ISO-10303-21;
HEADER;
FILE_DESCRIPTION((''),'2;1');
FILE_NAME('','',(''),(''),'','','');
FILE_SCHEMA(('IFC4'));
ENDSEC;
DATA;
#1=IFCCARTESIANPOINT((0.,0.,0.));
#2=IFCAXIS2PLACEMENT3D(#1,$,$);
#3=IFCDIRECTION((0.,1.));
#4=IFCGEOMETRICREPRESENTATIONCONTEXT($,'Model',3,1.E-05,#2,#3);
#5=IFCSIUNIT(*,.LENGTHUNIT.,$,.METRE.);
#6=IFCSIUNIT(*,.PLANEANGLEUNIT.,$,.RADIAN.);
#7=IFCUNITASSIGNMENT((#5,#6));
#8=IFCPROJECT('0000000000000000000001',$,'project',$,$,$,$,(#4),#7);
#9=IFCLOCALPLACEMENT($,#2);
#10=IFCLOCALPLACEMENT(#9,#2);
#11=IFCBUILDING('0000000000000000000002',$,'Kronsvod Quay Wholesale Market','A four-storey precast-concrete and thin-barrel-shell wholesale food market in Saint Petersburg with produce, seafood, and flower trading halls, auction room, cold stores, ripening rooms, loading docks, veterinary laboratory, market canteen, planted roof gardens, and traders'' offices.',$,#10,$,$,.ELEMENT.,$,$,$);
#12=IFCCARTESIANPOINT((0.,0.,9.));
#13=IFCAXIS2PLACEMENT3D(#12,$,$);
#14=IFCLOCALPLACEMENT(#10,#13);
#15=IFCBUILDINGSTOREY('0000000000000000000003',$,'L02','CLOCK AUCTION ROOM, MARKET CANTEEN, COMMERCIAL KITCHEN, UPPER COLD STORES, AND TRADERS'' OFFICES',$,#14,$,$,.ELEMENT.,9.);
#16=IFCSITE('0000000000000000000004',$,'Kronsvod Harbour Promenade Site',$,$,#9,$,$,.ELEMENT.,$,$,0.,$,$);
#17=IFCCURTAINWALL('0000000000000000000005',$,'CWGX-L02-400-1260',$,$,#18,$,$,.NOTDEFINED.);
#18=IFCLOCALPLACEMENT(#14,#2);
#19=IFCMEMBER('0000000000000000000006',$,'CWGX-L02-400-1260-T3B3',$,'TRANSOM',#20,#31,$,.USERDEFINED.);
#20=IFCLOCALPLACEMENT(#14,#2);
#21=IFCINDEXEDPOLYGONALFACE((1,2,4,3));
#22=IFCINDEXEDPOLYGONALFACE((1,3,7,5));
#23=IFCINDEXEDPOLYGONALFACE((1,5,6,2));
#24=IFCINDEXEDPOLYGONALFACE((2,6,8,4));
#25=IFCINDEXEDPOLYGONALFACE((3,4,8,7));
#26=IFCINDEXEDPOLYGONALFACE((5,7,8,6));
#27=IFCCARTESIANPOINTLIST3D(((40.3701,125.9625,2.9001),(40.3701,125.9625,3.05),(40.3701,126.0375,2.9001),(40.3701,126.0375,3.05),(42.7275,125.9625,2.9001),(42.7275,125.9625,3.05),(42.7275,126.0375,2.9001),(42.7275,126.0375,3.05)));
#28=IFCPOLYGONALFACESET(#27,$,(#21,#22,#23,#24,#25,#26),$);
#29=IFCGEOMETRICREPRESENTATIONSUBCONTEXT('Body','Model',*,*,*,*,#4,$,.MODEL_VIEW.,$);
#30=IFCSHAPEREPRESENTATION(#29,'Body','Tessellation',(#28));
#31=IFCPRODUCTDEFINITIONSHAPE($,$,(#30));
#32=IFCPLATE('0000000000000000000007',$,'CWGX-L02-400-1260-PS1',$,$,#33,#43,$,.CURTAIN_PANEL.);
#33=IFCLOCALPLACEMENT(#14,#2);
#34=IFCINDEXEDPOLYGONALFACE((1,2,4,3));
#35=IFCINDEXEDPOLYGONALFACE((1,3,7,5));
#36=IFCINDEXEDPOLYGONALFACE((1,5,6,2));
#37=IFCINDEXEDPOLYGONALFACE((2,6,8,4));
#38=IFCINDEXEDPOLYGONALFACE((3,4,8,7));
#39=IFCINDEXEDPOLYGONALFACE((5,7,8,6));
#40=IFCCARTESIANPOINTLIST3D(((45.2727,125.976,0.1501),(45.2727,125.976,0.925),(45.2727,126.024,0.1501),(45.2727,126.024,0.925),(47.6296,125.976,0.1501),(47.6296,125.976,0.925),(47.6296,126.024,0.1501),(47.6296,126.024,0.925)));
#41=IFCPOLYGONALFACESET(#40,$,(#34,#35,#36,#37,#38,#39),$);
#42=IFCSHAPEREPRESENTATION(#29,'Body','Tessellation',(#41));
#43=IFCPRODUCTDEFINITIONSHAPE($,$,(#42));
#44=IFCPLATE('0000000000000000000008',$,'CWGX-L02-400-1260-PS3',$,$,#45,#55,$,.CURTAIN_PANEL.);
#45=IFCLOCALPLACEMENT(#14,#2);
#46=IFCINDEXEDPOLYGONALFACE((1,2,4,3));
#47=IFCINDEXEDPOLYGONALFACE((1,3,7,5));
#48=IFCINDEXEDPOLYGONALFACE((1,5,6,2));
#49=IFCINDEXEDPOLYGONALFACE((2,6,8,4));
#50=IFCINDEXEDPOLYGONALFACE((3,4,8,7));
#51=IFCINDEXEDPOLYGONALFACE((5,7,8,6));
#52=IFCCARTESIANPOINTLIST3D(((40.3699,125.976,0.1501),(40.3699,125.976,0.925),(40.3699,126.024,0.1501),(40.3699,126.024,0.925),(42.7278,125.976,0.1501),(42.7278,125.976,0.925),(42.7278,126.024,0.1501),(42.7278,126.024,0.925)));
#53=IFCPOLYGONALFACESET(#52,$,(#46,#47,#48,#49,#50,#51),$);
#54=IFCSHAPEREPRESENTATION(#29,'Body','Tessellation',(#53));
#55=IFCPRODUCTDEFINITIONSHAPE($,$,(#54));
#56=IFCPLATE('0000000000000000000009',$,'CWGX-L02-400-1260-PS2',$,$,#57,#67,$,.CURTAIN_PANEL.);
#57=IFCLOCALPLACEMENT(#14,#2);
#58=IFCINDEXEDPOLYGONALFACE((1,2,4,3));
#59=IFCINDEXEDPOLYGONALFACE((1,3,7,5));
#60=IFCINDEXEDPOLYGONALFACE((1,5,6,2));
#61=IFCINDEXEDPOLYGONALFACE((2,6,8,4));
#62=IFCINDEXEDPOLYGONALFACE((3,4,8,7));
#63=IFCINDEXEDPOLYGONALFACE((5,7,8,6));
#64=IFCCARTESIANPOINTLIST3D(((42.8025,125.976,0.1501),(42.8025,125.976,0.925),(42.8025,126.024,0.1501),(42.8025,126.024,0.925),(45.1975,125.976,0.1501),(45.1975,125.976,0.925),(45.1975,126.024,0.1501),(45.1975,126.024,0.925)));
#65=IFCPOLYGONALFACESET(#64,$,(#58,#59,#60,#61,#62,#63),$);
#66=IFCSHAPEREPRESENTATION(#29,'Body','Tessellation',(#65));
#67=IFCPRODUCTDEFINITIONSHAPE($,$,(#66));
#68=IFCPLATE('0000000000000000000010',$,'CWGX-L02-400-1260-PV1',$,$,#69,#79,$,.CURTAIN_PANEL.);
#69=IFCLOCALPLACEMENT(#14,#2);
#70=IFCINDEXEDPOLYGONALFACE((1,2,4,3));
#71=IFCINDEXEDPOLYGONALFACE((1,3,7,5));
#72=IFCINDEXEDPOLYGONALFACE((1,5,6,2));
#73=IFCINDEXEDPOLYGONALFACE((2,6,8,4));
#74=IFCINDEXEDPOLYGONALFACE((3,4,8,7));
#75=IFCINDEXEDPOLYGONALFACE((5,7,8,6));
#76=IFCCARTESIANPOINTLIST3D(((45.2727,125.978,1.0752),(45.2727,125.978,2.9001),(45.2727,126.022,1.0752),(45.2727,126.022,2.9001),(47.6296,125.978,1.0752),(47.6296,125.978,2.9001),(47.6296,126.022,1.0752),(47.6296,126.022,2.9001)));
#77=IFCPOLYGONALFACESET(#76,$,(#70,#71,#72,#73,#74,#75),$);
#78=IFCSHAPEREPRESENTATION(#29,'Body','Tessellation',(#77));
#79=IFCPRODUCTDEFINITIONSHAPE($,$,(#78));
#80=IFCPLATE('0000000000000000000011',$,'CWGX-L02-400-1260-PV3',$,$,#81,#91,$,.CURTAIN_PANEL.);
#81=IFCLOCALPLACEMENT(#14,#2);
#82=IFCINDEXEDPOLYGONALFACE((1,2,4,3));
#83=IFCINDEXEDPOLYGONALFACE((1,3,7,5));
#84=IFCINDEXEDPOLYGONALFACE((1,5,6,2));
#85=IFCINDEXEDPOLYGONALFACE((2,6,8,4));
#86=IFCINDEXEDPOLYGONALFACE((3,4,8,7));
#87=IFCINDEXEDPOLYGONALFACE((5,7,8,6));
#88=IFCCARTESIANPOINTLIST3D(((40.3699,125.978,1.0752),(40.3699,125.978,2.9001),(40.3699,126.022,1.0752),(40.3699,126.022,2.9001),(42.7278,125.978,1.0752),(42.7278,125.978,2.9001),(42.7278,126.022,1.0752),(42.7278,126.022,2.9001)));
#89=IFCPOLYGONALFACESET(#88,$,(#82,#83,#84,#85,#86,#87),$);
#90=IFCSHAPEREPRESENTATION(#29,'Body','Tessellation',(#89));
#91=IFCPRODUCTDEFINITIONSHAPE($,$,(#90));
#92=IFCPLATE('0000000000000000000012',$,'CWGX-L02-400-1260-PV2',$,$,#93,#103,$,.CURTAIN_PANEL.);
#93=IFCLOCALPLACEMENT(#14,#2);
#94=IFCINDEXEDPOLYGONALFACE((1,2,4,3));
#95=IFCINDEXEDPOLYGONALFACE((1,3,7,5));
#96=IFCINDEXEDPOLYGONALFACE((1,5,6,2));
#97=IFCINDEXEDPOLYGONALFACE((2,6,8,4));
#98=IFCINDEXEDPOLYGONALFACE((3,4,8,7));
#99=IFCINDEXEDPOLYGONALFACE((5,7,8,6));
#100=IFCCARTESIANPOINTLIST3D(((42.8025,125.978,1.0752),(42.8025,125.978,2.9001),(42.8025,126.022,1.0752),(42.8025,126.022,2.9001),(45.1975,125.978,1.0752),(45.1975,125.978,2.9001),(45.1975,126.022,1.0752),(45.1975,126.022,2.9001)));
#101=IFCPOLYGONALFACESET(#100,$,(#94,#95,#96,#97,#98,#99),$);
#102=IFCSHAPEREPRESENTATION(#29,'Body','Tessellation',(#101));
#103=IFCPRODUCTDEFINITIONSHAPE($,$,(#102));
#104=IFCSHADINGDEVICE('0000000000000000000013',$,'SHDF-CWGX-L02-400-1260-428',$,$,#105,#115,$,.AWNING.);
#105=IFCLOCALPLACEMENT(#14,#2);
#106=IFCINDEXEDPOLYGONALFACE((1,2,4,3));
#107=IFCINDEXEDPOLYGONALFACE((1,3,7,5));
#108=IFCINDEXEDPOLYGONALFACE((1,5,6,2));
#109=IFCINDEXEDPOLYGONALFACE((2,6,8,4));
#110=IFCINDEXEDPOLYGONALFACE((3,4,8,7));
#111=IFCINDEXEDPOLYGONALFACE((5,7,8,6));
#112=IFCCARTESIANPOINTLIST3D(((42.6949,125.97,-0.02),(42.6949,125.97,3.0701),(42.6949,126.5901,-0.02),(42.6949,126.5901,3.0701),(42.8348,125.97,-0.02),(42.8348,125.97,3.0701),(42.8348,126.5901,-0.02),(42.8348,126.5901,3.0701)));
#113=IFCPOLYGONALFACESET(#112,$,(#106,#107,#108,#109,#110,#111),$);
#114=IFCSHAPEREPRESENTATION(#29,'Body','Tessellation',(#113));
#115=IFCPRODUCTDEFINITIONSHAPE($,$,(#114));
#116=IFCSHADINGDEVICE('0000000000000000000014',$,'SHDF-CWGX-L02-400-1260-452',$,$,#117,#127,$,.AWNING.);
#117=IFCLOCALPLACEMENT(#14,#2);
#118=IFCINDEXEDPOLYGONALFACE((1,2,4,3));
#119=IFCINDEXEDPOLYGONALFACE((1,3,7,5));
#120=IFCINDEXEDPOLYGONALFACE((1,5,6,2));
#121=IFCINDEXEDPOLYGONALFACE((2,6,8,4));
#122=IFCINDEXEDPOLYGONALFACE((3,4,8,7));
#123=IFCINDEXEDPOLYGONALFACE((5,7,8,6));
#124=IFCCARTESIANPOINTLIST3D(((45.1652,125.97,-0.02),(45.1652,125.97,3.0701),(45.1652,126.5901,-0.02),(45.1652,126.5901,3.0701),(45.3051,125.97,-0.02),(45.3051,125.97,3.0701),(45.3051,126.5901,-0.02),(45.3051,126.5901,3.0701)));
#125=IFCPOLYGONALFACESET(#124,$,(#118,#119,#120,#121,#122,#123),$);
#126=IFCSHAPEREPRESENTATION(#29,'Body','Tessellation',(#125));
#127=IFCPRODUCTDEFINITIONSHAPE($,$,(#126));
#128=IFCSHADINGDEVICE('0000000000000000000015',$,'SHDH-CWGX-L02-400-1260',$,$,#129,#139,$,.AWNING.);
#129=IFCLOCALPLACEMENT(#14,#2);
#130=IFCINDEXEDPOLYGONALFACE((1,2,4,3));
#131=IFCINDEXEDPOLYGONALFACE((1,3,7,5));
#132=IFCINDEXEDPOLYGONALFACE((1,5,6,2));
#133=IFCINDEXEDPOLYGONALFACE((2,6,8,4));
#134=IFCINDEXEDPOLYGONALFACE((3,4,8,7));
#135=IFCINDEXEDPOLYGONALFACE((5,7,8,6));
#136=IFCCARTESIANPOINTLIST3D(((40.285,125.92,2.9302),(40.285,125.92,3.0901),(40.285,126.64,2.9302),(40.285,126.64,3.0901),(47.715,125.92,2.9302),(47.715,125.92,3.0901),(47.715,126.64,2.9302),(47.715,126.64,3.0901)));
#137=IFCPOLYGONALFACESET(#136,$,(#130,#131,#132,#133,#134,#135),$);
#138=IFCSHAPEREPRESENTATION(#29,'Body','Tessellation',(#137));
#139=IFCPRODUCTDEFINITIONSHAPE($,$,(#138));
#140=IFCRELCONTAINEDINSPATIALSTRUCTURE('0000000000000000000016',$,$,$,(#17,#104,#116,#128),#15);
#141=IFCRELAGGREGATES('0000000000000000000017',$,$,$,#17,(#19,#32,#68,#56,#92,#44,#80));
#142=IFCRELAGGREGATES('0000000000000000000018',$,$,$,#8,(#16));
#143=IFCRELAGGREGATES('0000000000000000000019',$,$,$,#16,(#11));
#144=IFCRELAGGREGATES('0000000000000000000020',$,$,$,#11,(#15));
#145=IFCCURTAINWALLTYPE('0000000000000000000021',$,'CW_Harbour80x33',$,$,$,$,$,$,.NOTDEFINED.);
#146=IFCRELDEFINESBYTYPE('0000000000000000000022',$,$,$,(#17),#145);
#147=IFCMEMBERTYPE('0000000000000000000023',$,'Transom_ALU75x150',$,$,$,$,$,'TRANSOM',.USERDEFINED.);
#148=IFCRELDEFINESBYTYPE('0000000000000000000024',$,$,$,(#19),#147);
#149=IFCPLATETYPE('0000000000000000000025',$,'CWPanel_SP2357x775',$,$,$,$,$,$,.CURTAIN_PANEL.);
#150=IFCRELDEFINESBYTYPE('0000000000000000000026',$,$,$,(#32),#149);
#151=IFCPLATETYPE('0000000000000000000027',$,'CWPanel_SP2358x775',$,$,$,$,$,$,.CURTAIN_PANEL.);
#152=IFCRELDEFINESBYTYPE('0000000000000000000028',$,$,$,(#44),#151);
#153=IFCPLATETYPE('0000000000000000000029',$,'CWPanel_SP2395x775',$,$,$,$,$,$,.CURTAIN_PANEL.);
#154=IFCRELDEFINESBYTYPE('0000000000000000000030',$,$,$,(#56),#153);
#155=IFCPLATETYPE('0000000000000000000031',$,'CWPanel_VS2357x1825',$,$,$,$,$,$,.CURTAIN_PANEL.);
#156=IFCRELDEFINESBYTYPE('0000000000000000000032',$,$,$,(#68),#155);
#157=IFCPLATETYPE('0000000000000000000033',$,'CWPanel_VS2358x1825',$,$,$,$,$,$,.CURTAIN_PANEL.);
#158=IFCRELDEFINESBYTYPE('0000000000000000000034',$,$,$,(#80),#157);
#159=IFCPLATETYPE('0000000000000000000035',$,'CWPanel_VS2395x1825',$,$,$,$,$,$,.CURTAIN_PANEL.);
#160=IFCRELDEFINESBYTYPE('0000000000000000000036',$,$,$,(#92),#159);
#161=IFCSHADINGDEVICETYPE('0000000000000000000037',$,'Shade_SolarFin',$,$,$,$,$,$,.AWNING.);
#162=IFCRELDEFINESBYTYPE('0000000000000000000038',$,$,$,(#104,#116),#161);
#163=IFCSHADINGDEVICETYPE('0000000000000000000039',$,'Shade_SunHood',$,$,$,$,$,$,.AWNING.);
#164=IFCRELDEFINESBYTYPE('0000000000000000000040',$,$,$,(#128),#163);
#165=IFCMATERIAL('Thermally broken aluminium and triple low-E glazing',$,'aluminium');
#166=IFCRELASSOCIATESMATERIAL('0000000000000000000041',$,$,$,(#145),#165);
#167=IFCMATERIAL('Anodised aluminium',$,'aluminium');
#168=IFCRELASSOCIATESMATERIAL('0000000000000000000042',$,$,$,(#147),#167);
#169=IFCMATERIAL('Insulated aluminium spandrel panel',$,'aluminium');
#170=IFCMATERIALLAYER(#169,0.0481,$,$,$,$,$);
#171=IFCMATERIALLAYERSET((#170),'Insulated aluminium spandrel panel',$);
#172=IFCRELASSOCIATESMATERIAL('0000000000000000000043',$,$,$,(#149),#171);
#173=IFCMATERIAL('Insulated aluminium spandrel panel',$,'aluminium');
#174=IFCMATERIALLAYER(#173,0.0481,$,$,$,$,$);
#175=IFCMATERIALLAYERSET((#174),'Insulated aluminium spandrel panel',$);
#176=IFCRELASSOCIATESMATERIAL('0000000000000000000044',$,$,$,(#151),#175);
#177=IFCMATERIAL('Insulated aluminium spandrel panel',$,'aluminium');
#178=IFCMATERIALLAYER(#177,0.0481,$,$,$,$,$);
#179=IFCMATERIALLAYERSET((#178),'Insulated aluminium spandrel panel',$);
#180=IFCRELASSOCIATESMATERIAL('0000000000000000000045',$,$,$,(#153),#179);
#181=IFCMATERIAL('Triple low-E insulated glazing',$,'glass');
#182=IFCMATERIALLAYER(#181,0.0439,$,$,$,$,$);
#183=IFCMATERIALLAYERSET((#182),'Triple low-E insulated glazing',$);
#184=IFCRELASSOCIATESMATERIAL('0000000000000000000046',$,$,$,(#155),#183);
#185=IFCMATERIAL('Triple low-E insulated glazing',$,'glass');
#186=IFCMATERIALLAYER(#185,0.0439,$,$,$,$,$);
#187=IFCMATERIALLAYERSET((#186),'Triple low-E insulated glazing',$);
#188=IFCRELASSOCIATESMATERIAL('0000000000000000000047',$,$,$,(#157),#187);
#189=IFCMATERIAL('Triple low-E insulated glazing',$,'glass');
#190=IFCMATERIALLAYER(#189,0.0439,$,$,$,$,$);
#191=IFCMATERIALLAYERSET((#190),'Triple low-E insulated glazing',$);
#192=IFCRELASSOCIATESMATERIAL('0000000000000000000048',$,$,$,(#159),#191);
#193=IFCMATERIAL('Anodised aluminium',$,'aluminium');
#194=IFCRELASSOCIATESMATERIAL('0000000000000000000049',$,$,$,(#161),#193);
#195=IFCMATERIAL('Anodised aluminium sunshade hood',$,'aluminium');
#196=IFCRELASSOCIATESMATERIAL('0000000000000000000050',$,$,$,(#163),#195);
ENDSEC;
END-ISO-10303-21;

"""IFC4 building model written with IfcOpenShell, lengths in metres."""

from ifc_helpers import new_model, si_unit, direction, frame, origin, origin_2d, place, context, subcontext, project, spatial, rectangle, extrude, material, layer, layer_set, material_profile, profile_set, type_object, element, aggregate, save


model = new_model("IFC4")

# Units and contexts
model_context = context("Model", 3, precision=1e-05, world=origin(), true_north=direction((0.0, 1.0)))
body_context = subcontext(model_context, "Body", "Model", "MODEL_VIEW")
ifc_project = project(units=[si_unit("LENGTHUNIT", "METRE"), si_unit("PLANEANGLEUNIT", "RADIAN")], contexts=[model_context])

# Site, building, storey
site_placement = place(None, origin())
site = spatial("IfcSite", under=ifc_project, at=site_placement, Name="Kronsvod Harbour Promenade Site", CompositionType="ELEMENT", RefElevation=0.0)
building_placement = place(site_placement, origin())
building = spatial("IfcBuilding", under=site, at=building_placement, Name="Kronsvod Quay Wholesale Market", Description="A four-storey precast-concrete and thin-barrel-shell wholesale food market in Saint Petersburg with produce, seafood, and flower trading halls, auction room, cold stores, ripening rooms, loading docks, veterinary laboratory, market canteen, planted roof gardens, and traders' offices.", CompositionType="ELEMENT")
storey_placement = place(building_placement, frame((0.0, 0.0, 9.0)))
storey = spatial("IfcBuildingStorey", under=building, at=storey_placement, Name="L02", Description="CLOCK AUCTION ROOM, MARKET CANTEEN, COMMERCIAL KITCHEN, UPPER COLD STORES, AND TRADERS' OFFICES", CompositionType="ELEMENT", Elevation=9.0)

# Curtain wall
ifc_material_1 = material(Name="Thermally broken aluminium and triple low-E glazing", Category="aluminium")
curtain_wall_type = type_object("IfcCurtainWallType", Name="CW_Harbour80x33", PredefinedType="NOTDEFINED", material=ifc_material_1)
curtain_wall_1_placement = place(storey_placement, origin())
curtain_wall_1 = element("IfcCurtainWall", 1, at=curtain_wall_1_placement, inside=storey, type_object=curtain_wall_type, Name="CWGX-L02-400-1260", PredefinedType="NOTDEFINED")

# Member
ifc_material_2 = material(Name="Anodised aluminium", Category="aluminium")
ifc_material_profile_1 = material_profile(ifc_material_2, rectangle(XDim=0.075, YDim=0.1499, at=origin_2d()), Name="ALUT75x150")
ifc_profile_set_1 = profile_set([ifc_material_profile_1], Name="Anodised aluminium")
member_type_1 = type_object("IfcMemberType", Name="Transom_ALU75x150", ElementType="TRANSOM", PredefinedType="USERDEFINED", material=ifc_profile_set_1)
member_1_placement = place(storey_placement, frame((42.7275, 126.0, 2.9751), z_axis=(-1.0, 0.0, 0.0), x_axis=(0.0, -1.0, 0.0)))
member_1 = element("IfcMember", 2, at=member_1_placement, type_object=member_type_1, Name="CWGX-L02-400-1260-T3B3", ObjectType="TRANSOM", PredefinedType="USERDEFINED", context=body_context, shape_type="SweptSolid", body=[
    extrude(rectangle(XDim=0.075, YDim=0.1499, at=origin_2d()), origin(), (0.0, 0.0, 1.0), 2.3574),
])

# Plates
ifc_material_3 = material(Name="Insulated aluminium spandrel panel", Category="aluminium")
ifc_layer_1 = layer(ifc_material_3, 0.0481)
ifc_layer_set_1 = layer_set([ifc_layer_1], Name="Insulated aluminium spandrel panel")
plate_type_1 = type_object("IfcPlateType", Name="CWPanel_SP2357x775", PredefinedType="CURTAIN_PANEL", material=ifc_layer_set_1)
plate_1_placement = place(storey_placement, frame((46.4512, 126.0, 0.1501), z_axis=(0.0, 0.0, 1.0), x_axis=(-1.0, 0.0, 0.0)))
plate_1 = element("IfcPlate", 3, at=plate_1_placement, type_object=plate_type_1, Name="CWGX-L02-400-1260-PS1", PredefinedType="CURTAIN_PANEL", context=body_context, shape_type="SweptSolid", body=[
    extrude(rectangle(XDim=2.3569, YDim=0.0481, at=origin_2d()), origin(), (0.0, 0.0, 1.0), 0.7749),
])
ifc_material_4 = material(Name="Insulated aluminium spandrel panel", Category="aluminium")
ifc_layer_2 = layer(ifc_material_4, 0.0481)
ifc_layer_set_2 = layer_set([ifc_layer_2], Name="Insulated aluminium spandrel panel")
plate_type_2 = type_object("IfcPlateType", Name="CWPanel_SP2358x775", PredefinedType="CURTAIN_PANEL", material=ifc_layer_set_2)
plate_2_placement = place(storey_placement, frame((41.5488, 126.0, 0.1501), z_axis=(0.0, 0.0, 1.0), x_axis=(-1.0, 0.0, 0.0)))
plate_2 = element("IfcPlate", 4, at=plate_2_placement, type_object=plate_type_2, Name="CWGX-L02-400-1260-PS3", PredefinedType="CURTAIN_PANEL", context=body_context, shape_type="SweptSolid", body=[
    extrude(rectangle(XDim=2.3579, YDim=0.0481, at=origin_2d()), origin(), (0.0, 0.0, 1.0), 0.7749),
])
ifc_material_5 = material(Name="Insulated aluminium spandrel panel", Category="aluminium")
ifc_layer_3 = layer(ifc_material_5, 0.0481)
ifc_layer_set_3 = layer_set([ifc_layer_3], Name="Insulated aluminium spandrel panel")
plate_type_3 = type_object("IfcPlateType", Name="CWPanel_SP2395x775", PredefinedType="CURTAIN_PANEL", material=ifc_layer_set_3)
plate_3_placement = place(storey_placement, frame((44.0, 126.0, 0.1501), z_axis=(0.0, 0.0, 1.0), x_axis=(-1.0, 0.0, 0.0)))
plate_3 = element("IfcPlate", 5, at=plate_3_placement, type_object=plate_type_3, Name="CWGX-L02-400-1260-PS2", PredefinedType="CURTAIN_PANEL", context=body_context, shape_type="SweptSolid", body=[
    extrude(rectangle(XDim=2.395, YDim=0.0481, at=origin_2d()), origin(), (0.0, 0.0, 1.0), 0.7749),
])
ifc_material_6 = material(Name="Triple low-E insulated glazing", Category="glass")
ifc_layer_4 = layer(ifc_material_6, 0.0439)
ifc_layer_set_4 = layer_set([ifc_layer_4], Name="Triple low-E insulated glazing")
plate_type_4 = type_object("IfcPlateType", Name="CWPanel_VS2357x1825", PredefinedType="CURTAIN_PANEL", material=ifc_layer_set_4)
plate_4_placement = place(storey_placement, frame((46.4512, 126.0, 1.0752), z_axis=(0.0, 0.0, 1.0), x_axis=(-1.0, 0.0, 0.0)))
plate_4 = element("IfcPlate", 6, at=plate_4_placement, type_object=plate_type_4, Name="CWGX-L02-400-1260-PV1", PredefinedType="CURTAIN_PANEL", context=body_context, shape_type="SweptSolid", body=[
    extrude(rectangle(XDim=2.3569, YDim=0.0439, at=origin_2d()), origin(), (0.0, 0.0, 1.0), 1.825),
])
ifc_material_7 = material(Name="Triple low-E insulated glazing", Category="glass")
ifc_layer_5 = layer(ifc_material_7, 0.0439)
ifc_layer_set_5 = layer_set([ifc_layer_5], Name="Triple low-E insulated glazing")
plate_type_5 = type_object("IfcPlateType", Name="CWPanel_VS2358x1825", PredefinedType="CURTAIN_PANEL", material=ifc_layer_set_5)
plate_5_placement = place(storey_placement, frame((41.5488, 126.0, 1.0752), z_axis=(0.0, 0.0, 1.0), x_axis=(-1.0, 0.0, 0.0)))
plate_5 = element("IfcPlate", 7, at=plate_5_placement, type_object=plate_type_5, Name="CWGX-L02-400-1260-PV3", PredefinedType="CURTAIN_PANEL", context=body_context, shape_type="SweptSolid", body=[
    extrude(rectangle(XDim=2.3579, YDim=0.0439, at=origin_2d()), origin(), (0.0, 0.0, 1.0), 1.825),
])
ifc_material_8 = material(Name="Triple low-E insulated glazing", Category="glass")
ifc_layer_6 = layer(ifc_material_8, 0.0439)
ifc_layer_set_6 = layer_set([ifc_layer_6], Name="Triple low-E insulated glazing")
plate_type_6 = type_object("IfcPlateType", Name="CWPanel_VS2395x1825", PredefinedType="CURTAIN_PANEL", material=ifc_layer_set_6)
plate_6_placement = place(storey_placement, frame((44.0, 126.0, 1.0752), z_axis=(0.0, 0.0, 1.0), x_axis=(-1.0, 0.0, 0.0)))
plate_6 = element("IfcPlate", 8, at=plate_6_placement, type_object=plate_type_6, Name="CWGX-L02-400-1260-PV2", PredefinedType="CURTAIN_PANEL", context=body_context, shape_type="SweptSolid", body=[
    extrude(rectangle(XDim=2.395, YDim=0.0439, at=origin_2d()), origin(), (0.0, 0.0, 1.0), 1.825),
])
aggregate(curtain_wall_1, [member_1, plate_1, plate_4, plate_3, plate_6, plate_2, plate_5])

# Shading devices
ifc_material_9 = material(Name="Anodised aluminium", Category="aluminium")
shading_device_type_1 = type_object("IfcShadingDeviceType", Name="Shade_SolarFin", PredefinedType="AWNING", material=ifc_material_9)
for number, where, z_axis, x_axis, name in (
    (9, (42.7649, 126.28, -0.02), (0.0, 0.0, 1.0), (1.0, 0.0, 0.0), "SHDF-CWGX-L02-400-1260-428"),
    (10, (45.2351, 126.28, -0.02), (0.0, 0.0, 1.0), (1.0, 0.0, 0.0), "SHDF-CWGX-L02-400-1260-452"),
):
    element("IfcShadingDevice", number, at=place(storey_placement, frame(where, z_axis=z_axis, x_axis=x_axis)), inside=storey, type_object=shading_device_type_1, Name=name, PredefinedType="AWNING", context=body_context, shape_type="SweptSolid", body=[
        extrude(rectangle(XDim=0.1399, YDim=0.6201, at=origin_2d()), origin(), (0.0, 0.0, 1.0), 3.0901),
    ])
ifc_material_10 = material(Name="Anodised aluminium sunshade hood", Category="aluminium")
shading_device_type_2 = type_object("IfcShadingDeviceType", Name="Shade_SunHood", PredefinedType="AWNING", material=ifc_material_10)
shading_device_placement = place(storey_placement, frame((44.0, 126.28, 2.9302), z_axis=(0.0, 0.0, 1.0), x_axis=(1.0, 0.0, 0.0)))
element("IfcShadingDevice", 11, at=shading_device_placement, inside=storey, type_object=shading_device_type_2, Name="SHDH-CWGX-L02-400-1260", PredefinedType="AWNING", context=body_context, shape_type="SweptSolid", body=[
    extrude(rectangle(XDim=7.4299, YDim=0.72, at=origin_2d()), origin(), (0.0, 0.0, 1.0), 0.1599),
])

save(model, "model.ifc")
